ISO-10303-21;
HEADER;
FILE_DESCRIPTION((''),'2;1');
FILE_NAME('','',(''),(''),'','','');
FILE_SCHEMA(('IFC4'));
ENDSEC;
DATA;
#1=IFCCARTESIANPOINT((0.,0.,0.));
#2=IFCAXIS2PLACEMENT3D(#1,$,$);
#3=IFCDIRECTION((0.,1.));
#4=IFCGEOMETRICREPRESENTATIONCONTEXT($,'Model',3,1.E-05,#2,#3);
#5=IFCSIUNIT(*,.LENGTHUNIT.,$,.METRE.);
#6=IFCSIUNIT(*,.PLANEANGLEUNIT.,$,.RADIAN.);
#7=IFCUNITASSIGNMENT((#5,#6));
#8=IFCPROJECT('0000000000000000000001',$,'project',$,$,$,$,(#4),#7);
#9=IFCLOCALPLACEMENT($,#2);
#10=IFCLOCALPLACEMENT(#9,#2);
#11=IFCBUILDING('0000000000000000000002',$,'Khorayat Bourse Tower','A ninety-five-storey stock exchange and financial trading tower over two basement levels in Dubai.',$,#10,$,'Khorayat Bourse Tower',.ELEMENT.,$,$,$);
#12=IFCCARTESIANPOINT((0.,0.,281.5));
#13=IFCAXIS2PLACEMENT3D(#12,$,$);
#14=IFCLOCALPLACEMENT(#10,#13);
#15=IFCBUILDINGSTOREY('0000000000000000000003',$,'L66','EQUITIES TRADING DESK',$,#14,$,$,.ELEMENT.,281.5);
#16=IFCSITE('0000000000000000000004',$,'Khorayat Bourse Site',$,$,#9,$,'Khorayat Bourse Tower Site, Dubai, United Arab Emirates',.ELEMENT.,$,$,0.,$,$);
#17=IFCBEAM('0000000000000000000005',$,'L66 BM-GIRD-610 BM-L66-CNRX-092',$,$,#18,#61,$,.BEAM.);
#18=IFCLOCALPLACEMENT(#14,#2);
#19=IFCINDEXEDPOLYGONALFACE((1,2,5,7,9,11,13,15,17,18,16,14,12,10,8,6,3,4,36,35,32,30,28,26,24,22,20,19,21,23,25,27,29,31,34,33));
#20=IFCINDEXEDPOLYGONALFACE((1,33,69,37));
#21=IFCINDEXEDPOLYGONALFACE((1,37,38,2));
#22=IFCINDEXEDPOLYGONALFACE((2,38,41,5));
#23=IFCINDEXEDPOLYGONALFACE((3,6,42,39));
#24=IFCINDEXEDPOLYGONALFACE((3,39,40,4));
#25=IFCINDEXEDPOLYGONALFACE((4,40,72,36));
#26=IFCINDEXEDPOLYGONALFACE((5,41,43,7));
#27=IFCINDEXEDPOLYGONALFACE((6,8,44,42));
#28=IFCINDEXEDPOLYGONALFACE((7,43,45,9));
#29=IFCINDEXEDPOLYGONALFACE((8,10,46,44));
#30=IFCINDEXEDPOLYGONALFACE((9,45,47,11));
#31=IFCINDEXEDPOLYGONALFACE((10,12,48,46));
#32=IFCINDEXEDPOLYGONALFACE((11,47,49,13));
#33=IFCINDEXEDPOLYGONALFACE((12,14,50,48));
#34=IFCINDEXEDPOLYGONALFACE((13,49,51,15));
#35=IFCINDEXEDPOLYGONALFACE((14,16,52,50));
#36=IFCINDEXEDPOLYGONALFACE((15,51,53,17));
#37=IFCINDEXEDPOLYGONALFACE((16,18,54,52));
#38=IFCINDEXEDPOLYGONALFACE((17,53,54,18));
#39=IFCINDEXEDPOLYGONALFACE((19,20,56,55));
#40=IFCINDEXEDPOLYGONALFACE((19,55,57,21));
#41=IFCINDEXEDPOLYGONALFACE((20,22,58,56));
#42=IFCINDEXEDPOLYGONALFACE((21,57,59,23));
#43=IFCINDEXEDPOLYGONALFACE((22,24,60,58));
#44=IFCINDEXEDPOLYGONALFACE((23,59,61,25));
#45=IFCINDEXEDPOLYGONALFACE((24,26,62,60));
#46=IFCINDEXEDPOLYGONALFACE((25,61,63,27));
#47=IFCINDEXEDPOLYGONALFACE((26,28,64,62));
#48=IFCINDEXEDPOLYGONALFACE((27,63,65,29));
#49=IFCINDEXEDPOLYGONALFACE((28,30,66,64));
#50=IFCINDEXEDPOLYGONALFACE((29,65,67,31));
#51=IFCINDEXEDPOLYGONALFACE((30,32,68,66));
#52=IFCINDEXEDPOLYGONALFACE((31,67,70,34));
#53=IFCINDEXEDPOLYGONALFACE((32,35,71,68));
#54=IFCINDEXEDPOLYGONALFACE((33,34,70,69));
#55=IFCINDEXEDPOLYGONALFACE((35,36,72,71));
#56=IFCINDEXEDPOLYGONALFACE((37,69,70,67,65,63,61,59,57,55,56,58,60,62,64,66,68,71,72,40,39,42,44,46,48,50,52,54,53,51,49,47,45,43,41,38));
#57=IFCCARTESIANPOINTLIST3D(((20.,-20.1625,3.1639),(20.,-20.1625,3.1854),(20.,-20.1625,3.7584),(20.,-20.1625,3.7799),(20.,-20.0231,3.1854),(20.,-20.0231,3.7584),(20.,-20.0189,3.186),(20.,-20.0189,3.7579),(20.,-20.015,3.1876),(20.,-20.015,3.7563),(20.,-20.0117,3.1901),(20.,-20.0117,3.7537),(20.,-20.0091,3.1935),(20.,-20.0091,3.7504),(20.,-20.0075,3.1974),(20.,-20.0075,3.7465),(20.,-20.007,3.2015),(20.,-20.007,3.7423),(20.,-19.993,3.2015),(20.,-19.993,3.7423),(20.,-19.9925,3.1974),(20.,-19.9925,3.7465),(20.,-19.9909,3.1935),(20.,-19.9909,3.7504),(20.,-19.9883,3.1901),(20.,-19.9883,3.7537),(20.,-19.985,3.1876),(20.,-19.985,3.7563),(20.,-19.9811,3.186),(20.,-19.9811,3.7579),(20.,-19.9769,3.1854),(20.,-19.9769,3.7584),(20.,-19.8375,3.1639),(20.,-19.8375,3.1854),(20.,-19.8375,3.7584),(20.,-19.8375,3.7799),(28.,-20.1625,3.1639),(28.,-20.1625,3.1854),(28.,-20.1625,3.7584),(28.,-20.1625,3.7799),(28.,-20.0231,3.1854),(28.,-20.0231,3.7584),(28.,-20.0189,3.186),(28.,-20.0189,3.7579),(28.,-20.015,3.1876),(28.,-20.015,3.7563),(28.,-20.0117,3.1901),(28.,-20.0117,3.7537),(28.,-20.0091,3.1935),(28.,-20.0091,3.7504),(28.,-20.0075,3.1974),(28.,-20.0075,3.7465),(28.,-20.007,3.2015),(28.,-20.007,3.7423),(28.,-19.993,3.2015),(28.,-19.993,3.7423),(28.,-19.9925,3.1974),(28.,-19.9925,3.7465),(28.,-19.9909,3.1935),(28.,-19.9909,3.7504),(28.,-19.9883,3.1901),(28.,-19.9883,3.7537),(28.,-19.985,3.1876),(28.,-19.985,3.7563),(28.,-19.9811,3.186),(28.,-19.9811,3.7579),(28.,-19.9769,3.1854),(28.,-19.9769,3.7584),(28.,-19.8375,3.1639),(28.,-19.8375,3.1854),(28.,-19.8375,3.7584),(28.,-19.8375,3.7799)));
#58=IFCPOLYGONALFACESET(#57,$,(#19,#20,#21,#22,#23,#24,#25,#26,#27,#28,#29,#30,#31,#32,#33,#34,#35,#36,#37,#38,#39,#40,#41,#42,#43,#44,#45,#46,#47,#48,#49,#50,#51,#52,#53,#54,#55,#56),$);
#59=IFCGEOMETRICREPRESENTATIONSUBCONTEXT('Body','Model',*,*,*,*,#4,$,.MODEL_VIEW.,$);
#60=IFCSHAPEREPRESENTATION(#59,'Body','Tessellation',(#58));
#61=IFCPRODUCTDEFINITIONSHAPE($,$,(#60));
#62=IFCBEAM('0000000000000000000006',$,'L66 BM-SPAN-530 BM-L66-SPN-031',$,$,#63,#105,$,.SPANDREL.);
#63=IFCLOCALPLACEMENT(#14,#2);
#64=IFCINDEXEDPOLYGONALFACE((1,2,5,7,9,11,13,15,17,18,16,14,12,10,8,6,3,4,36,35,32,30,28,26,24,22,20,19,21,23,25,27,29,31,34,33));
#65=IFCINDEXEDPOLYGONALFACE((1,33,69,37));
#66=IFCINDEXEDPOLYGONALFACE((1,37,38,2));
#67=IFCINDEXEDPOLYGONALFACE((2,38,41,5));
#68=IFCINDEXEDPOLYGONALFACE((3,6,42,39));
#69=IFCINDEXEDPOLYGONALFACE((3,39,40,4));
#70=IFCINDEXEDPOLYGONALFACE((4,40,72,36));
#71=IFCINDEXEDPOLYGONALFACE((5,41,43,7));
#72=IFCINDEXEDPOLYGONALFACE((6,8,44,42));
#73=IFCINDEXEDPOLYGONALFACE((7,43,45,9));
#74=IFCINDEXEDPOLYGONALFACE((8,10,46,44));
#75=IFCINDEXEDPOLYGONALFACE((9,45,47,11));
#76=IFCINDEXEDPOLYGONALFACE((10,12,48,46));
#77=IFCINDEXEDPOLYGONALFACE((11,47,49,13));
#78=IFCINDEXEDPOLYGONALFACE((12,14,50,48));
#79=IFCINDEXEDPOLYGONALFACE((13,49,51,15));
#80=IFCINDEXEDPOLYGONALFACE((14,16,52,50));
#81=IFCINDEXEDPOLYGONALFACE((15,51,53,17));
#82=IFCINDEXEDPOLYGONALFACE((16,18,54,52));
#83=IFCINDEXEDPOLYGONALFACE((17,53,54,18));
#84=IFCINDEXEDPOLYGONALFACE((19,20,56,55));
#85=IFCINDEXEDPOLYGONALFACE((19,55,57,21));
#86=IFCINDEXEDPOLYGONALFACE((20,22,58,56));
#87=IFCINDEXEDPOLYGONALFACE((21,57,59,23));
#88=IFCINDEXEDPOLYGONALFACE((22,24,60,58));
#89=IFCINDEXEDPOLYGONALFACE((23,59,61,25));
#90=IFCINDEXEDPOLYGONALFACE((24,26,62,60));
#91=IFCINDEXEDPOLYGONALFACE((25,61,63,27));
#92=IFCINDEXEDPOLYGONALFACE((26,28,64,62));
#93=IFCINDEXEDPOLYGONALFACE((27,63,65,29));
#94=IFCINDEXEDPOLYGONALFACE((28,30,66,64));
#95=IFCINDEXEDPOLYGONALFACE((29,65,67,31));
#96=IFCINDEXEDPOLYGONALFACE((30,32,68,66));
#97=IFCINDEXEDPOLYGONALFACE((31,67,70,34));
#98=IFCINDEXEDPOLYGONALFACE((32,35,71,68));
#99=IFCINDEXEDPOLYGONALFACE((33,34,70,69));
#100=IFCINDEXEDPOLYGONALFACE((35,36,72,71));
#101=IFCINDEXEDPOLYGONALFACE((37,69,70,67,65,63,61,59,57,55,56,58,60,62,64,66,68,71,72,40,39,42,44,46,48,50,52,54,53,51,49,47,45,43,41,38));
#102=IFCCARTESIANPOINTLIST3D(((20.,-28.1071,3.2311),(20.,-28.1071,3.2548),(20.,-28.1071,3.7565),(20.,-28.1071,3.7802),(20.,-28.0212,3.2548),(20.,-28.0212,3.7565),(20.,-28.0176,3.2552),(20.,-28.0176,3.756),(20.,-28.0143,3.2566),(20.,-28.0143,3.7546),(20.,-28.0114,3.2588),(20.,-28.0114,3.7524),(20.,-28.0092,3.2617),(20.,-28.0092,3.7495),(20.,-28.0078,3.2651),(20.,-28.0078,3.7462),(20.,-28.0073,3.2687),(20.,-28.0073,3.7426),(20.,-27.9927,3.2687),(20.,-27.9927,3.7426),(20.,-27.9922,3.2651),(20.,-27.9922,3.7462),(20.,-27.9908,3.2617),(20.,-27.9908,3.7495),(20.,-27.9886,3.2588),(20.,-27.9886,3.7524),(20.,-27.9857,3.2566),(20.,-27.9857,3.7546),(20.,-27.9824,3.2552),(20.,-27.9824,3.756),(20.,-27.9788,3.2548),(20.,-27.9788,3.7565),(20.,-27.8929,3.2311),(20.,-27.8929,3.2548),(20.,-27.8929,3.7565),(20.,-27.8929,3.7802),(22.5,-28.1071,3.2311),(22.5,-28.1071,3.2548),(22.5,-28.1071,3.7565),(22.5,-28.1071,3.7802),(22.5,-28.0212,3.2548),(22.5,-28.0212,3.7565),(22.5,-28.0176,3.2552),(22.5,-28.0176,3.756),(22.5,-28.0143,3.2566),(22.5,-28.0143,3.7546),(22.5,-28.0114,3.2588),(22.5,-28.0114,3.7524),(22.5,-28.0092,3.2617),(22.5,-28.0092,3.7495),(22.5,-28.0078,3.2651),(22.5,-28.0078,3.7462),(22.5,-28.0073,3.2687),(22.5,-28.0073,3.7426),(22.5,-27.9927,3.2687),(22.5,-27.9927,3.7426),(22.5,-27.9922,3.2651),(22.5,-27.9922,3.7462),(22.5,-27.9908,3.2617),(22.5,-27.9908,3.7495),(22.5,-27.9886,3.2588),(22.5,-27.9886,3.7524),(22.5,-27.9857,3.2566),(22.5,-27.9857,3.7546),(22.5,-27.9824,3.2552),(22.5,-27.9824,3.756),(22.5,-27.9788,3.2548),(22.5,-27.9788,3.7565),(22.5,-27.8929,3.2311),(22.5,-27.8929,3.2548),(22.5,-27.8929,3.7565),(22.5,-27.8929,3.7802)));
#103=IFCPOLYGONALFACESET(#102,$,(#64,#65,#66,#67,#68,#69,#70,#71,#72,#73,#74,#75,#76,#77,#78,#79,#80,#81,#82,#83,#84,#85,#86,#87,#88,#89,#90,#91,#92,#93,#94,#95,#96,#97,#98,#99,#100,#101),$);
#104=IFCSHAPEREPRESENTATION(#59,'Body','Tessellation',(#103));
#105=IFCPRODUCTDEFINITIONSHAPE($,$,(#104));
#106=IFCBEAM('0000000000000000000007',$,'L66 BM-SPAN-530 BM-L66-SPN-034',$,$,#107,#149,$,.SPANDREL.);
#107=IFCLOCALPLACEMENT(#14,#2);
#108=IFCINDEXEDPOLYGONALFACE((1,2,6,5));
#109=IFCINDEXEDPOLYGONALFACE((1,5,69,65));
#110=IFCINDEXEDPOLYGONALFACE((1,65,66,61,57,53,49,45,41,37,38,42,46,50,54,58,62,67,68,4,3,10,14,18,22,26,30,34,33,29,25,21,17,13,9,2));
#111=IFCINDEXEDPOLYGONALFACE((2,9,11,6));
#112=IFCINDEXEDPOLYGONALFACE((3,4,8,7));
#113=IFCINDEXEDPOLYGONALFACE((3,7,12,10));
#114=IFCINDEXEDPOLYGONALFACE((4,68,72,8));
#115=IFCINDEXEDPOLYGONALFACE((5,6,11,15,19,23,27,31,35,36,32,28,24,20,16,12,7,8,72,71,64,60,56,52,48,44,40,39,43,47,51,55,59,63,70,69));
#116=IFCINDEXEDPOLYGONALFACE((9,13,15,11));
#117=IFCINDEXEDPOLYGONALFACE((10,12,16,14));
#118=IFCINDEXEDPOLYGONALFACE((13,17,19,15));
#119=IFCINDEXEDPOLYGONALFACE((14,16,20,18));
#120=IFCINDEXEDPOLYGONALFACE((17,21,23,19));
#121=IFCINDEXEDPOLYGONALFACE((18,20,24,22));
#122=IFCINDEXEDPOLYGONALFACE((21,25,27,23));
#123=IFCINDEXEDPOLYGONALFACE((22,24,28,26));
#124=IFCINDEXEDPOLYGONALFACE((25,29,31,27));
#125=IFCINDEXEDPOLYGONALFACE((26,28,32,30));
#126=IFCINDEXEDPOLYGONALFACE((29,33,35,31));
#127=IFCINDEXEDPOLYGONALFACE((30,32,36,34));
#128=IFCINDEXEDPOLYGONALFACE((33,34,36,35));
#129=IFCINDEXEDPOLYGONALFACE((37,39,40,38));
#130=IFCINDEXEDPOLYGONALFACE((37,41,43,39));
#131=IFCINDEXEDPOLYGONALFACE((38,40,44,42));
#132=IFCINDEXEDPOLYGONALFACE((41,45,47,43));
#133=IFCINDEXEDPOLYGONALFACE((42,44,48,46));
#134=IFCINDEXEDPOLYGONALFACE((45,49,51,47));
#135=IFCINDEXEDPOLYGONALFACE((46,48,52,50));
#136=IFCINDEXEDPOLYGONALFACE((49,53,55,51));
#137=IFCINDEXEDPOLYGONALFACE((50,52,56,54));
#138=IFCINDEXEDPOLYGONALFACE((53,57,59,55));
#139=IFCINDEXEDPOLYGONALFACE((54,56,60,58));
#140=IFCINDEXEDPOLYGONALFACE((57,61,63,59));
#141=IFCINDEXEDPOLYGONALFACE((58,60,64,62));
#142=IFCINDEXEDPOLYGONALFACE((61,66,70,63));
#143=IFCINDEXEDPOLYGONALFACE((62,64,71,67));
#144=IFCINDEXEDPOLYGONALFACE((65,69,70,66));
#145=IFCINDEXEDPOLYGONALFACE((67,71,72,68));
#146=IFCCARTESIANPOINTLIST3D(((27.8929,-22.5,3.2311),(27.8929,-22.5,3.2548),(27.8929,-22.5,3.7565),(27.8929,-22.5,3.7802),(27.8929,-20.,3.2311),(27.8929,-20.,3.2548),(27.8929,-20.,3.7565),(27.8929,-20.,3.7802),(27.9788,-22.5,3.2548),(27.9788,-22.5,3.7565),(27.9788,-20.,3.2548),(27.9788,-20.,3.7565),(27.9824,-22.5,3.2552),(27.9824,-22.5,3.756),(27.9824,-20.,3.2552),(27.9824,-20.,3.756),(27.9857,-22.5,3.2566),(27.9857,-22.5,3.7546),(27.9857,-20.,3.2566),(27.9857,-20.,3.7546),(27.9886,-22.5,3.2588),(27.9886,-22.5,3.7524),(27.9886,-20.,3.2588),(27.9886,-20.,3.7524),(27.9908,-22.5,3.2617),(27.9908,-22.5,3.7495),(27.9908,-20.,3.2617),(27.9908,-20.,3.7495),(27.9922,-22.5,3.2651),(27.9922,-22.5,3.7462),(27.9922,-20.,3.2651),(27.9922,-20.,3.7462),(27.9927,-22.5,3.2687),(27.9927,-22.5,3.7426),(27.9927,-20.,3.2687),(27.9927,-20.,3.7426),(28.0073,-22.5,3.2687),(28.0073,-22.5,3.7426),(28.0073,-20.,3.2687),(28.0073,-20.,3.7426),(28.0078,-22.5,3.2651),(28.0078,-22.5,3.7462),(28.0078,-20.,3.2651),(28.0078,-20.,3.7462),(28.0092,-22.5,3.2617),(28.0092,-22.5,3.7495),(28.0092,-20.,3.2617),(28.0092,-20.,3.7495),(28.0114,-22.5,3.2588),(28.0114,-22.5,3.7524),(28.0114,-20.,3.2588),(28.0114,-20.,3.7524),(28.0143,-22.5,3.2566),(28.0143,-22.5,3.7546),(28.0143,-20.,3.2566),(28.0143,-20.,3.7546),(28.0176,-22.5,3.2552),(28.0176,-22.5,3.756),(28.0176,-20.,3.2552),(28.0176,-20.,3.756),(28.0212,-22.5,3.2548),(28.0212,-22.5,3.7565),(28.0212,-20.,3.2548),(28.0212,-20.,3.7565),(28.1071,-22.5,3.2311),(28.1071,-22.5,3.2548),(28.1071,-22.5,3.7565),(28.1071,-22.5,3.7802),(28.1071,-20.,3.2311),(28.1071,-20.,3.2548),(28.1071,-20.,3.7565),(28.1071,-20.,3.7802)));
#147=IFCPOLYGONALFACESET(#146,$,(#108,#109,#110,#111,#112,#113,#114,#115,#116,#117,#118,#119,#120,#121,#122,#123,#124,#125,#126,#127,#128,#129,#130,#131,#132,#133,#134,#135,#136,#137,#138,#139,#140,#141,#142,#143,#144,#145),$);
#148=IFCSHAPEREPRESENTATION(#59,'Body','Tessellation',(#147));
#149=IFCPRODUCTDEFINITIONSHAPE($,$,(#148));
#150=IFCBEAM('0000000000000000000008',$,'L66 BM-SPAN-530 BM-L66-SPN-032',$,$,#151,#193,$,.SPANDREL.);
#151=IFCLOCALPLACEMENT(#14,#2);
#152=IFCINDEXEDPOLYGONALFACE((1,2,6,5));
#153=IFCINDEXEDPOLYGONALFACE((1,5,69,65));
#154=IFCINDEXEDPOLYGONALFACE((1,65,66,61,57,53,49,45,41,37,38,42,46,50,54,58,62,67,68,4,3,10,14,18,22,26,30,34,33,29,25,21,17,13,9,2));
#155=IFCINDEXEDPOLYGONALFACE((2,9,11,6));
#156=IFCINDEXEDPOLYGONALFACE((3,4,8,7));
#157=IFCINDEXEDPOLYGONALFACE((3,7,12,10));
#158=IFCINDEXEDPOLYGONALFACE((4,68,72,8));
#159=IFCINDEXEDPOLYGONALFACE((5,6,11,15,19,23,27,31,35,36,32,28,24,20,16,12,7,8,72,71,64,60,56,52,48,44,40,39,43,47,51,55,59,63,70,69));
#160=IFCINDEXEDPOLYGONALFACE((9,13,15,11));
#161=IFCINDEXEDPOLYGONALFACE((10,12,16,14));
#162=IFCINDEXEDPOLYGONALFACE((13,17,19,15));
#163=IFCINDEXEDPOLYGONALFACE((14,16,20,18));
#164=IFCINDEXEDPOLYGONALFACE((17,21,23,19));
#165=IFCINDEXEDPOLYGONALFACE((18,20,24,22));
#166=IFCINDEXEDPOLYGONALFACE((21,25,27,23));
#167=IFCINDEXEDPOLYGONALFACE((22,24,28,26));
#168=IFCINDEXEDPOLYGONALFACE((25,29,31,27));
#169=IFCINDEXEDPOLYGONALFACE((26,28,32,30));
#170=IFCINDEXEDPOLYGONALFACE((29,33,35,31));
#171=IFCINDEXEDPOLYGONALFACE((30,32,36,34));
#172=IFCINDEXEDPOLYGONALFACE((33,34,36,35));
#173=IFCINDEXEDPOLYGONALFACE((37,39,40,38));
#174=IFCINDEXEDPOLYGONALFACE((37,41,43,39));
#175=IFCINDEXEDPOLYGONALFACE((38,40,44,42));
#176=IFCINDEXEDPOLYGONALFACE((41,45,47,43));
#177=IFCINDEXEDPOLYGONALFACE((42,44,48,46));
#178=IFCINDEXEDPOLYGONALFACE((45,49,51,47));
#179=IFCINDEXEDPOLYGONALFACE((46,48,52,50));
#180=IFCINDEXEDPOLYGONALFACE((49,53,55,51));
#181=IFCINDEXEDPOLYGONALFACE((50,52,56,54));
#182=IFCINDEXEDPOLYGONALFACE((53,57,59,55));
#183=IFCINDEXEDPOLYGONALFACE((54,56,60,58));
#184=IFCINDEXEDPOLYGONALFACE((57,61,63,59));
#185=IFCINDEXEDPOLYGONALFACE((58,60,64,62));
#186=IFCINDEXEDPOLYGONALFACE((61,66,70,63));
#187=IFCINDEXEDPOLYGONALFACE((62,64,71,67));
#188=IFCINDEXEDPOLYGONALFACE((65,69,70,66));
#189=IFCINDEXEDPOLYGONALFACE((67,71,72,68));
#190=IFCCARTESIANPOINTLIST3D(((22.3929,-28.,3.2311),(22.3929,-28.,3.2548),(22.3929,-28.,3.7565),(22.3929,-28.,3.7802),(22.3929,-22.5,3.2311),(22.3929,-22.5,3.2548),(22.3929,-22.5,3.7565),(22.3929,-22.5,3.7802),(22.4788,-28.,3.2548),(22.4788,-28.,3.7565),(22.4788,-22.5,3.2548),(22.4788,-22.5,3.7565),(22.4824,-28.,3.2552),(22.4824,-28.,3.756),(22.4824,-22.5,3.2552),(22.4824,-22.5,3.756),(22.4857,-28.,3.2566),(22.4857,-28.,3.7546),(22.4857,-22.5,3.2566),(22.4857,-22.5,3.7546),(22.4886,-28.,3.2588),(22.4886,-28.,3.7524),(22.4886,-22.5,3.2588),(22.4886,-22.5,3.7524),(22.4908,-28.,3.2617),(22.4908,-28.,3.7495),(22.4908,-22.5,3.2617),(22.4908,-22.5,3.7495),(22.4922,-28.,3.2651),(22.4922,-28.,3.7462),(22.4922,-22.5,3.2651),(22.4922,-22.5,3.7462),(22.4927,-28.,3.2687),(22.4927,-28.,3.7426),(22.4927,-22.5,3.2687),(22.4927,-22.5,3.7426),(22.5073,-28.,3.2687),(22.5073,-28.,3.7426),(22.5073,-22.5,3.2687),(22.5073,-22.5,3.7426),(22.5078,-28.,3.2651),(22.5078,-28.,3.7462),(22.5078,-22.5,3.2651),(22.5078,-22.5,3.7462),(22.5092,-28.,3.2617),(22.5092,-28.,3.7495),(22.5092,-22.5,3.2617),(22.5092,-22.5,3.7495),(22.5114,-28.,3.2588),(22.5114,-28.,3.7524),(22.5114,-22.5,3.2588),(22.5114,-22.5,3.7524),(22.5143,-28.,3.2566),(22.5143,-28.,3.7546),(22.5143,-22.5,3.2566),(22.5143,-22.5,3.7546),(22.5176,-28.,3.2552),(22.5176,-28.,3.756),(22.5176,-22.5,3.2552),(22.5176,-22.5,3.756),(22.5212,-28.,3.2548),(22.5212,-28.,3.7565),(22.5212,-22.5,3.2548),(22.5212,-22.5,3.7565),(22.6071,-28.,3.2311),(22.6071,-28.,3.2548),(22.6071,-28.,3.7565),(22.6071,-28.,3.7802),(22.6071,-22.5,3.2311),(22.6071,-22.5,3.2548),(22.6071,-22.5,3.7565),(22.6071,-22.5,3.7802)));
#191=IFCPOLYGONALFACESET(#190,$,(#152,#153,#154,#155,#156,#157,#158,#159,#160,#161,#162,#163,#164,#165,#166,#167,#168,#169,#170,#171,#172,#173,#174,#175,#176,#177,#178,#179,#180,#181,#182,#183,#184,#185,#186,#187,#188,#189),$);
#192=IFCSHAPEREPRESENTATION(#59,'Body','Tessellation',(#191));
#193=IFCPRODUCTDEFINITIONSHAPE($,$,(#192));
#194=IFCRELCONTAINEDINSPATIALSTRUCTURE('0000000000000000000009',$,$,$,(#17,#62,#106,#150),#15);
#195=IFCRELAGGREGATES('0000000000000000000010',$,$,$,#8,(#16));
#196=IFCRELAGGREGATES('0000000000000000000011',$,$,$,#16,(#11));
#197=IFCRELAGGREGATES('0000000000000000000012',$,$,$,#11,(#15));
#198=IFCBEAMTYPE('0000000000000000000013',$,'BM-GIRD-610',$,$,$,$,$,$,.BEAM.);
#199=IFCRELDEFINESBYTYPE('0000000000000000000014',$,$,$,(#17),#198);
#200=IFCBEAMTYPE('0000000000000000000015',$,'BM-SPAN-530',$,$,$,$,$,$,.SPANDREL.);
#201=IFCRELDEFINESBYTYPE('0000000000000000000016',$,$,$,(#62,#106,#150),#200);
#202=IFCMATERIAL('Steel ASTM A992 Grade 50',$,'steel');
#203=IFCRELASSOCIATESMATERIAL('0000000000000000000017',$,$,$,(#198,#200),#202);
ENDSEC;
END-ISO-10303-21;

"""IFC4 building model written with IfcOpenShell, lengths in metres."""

from ifc_helpers import new_model, si_unit, direction, frame, origin, origin_2d, place, context, subcontext, project, spatial, i_section, extrude, source, transform, mapped, material, material_profile, profile_set, type_object, element, save


model = new_model("IFC4")

# Units and contexts
model_context = context("Model", 3, precision=1e-05, world=origin(), true_north=direction((0.0, 1.0)))
body_context = subcontext(model_context, "Body", "Model", "MODEL_VIEW")
ifc_project = project(units=[si_unit("LENGTHUNIT", "METRE"), si_unit("PLANEANGLEUNIT", "RADIAN")], contexts=[model_context])

# Site, building, storey
site_placement = place(None, origin())
site = spatial("IfcSite", under=ifc_project, at=site_placement, Name="Khorayat Bourse Site", LongName="Khorayat Bourse Tower Site, Dubai, United Arab Emirates", CompositionType="ELEMENT", RefElevation=0.0)
building_placement = place(site_placement, origin())
building = spatial("IfcBuilding", under=site, at=building_placement, Name="Khorayat Bourse Tower", Description="A ninety-five-storey stock exchange and financial trading tower over two basement levels in Dubai.", LongName="Khorayat Bourse Tower", CompositionType="ELEMENT")
storey_placement = place(building_placement, frame((0.0, 0.0, 281.5)))
storey = spatial("IfcBuildingStorey", under=building, at=storey_placement, Name="L66", Description="EQUITIES TRADING DESK", CompositionType="ELEMENT", Elevation=281.5)

# Beams
ifc_material_1 = material(Name="Steel ASTM A992 Grade 50", Category="steel")
ifc_material_profile_1 = material_profile(ifc_material_1, i_section(OverallWidth=0.325, OverallDepth=0.616, WebThickness=0.0139, FlangeThickness=0.0215, FilletRadius=0.0161, at=origin_2d()), Name="W610X174")
ifc_profile_set_1 = profile_set([ifc_material_profile_1], Name="Steel ASTM A992 Grade 50")
beam_type_1 = type_object("IfcBeamType", Name="BM-GIRD-610", PredefinedType="BEAM", material=ifc_profile_set_1)
shared_shape_1 = source(origin(), body_context, "Body", "SweptSolid", [
    extrude(i_section(OverallWidth=0.325, OverallDepth=0.616, WebThickness=0.0139, FlangeThickness=0.0215, FilletRadius=0.0161, at=origin_2d()), origin(), (0.0, 0.0, 1.0), 8.0),
])
beam_1_placement = place(storey_placement, frame((20.0, -20.0, 3.4719), z_axis=(1.0, 0.0, 0.0), x_axis=(0.0, 1.0, 0.0)))
element("IfcBeam", 1, at=beam_1_placement, inside=storey, type_object=beam_type_1, Name="L66 BM-GIRD-610 BM-L66-CNRX-092", PredefinedType="BEAM", context=body_context, shape_type="MappedRepresentation", body=[
    mapped(shared_shape_1, transform((0.0, 0.0, 0.0), scale=1.0)),
])
ifc_material_profile_2 = material_profile(ifc_material_1, i_section(OverallWidth=0.2141, OverallDepth=0.5491, WebThickness=0.0146, FlangeThickness=0.0237, FilletRadius=0.0139, at=origin_2d()), Name="W530X138")
ifc_profile_set_2 = profile_set([ifc_material_profile_2], Name="Steel ASTM A992 Grade 50")
beam_type_2 = type_object("IfcBeamType", Name="BM-SPAN-530", PredefinedType="SPANDREL", material=ifc_profile_set_2)
shared_shape_2 = source(origin(), body_context, "Body", "SweptSolid", [
    extrude(i_section(OverallWidth=0.2141, OverallDepth=0.5491, WebThickness=0.0146, FlangeThickness=0.0237, FilletRadius=0.0139, at=origin_2d()), origin(), (0.0, 0.0, 1.0), 2.5),
])
for number, where, z_axis, x_axis, name in (
    (2, (20.0, -28.0, 3.5056), (1.0, 0.0, 0.0), (0.0, 1.0, 0.0), "L66 BM-SPAN-530 BM-L66-SPN-031"),
    (3, (28.0, -22.5, 3.5056), (0.0, 1.0, 0.0), (-1.0, 0.0, 0.0), "L66 BM-SPAN-530 BM-L66-SPN-034"),
):
    element("IfcBeam", number, at=place(storey_placement, frame(where, z_axis=z_axis, x_axis=x_axis)), inside=storey, type_object=beam_type_2, Name=name, PredefinedType="SPANDREL", context=body_context, shape_type="MappedRepresentation", body=[
        mapped(shared_shape_2, transform((0.0, 0.0, 0.0), scale=1.0)),
    ])
shared_shape_3 = source(origin(), body_context, "Body", "SweptSolid", [
    extrude(i_section(OverallWidth=0.2141, OverallDepth=0.5491, WebThickness=0.0146, FlangeThickness=0.0237, FilletRadius=0.0139, at=origin_2d()), origin(), (0.0, 0.0, 1.0), 5.5),
])
for number, where, z_axis, x_axis, name in (
    (4, (22.5, -28.0, 3.5056), (0.0, 1.0, 0.0), (-1.0, 0.0, 0.0), "L66 BM-SPAN-530 BM-L66-SPN-032"),
):
    element("IfcBeam", number, at=place(storey_placement, frame(where, z_axis=z_axis, x_axis=x_axis)), inside=storey, type_object=beam_type_2, Name=name, PredefinedType="SPANDREL", context=body_context, shape_type="MappedRepresentation", body=[
        mapped(shared_shape_3, transform((0.0, 0.0, 0.0), scale=1.0)),
    ])

save(model, "model.ifc")
